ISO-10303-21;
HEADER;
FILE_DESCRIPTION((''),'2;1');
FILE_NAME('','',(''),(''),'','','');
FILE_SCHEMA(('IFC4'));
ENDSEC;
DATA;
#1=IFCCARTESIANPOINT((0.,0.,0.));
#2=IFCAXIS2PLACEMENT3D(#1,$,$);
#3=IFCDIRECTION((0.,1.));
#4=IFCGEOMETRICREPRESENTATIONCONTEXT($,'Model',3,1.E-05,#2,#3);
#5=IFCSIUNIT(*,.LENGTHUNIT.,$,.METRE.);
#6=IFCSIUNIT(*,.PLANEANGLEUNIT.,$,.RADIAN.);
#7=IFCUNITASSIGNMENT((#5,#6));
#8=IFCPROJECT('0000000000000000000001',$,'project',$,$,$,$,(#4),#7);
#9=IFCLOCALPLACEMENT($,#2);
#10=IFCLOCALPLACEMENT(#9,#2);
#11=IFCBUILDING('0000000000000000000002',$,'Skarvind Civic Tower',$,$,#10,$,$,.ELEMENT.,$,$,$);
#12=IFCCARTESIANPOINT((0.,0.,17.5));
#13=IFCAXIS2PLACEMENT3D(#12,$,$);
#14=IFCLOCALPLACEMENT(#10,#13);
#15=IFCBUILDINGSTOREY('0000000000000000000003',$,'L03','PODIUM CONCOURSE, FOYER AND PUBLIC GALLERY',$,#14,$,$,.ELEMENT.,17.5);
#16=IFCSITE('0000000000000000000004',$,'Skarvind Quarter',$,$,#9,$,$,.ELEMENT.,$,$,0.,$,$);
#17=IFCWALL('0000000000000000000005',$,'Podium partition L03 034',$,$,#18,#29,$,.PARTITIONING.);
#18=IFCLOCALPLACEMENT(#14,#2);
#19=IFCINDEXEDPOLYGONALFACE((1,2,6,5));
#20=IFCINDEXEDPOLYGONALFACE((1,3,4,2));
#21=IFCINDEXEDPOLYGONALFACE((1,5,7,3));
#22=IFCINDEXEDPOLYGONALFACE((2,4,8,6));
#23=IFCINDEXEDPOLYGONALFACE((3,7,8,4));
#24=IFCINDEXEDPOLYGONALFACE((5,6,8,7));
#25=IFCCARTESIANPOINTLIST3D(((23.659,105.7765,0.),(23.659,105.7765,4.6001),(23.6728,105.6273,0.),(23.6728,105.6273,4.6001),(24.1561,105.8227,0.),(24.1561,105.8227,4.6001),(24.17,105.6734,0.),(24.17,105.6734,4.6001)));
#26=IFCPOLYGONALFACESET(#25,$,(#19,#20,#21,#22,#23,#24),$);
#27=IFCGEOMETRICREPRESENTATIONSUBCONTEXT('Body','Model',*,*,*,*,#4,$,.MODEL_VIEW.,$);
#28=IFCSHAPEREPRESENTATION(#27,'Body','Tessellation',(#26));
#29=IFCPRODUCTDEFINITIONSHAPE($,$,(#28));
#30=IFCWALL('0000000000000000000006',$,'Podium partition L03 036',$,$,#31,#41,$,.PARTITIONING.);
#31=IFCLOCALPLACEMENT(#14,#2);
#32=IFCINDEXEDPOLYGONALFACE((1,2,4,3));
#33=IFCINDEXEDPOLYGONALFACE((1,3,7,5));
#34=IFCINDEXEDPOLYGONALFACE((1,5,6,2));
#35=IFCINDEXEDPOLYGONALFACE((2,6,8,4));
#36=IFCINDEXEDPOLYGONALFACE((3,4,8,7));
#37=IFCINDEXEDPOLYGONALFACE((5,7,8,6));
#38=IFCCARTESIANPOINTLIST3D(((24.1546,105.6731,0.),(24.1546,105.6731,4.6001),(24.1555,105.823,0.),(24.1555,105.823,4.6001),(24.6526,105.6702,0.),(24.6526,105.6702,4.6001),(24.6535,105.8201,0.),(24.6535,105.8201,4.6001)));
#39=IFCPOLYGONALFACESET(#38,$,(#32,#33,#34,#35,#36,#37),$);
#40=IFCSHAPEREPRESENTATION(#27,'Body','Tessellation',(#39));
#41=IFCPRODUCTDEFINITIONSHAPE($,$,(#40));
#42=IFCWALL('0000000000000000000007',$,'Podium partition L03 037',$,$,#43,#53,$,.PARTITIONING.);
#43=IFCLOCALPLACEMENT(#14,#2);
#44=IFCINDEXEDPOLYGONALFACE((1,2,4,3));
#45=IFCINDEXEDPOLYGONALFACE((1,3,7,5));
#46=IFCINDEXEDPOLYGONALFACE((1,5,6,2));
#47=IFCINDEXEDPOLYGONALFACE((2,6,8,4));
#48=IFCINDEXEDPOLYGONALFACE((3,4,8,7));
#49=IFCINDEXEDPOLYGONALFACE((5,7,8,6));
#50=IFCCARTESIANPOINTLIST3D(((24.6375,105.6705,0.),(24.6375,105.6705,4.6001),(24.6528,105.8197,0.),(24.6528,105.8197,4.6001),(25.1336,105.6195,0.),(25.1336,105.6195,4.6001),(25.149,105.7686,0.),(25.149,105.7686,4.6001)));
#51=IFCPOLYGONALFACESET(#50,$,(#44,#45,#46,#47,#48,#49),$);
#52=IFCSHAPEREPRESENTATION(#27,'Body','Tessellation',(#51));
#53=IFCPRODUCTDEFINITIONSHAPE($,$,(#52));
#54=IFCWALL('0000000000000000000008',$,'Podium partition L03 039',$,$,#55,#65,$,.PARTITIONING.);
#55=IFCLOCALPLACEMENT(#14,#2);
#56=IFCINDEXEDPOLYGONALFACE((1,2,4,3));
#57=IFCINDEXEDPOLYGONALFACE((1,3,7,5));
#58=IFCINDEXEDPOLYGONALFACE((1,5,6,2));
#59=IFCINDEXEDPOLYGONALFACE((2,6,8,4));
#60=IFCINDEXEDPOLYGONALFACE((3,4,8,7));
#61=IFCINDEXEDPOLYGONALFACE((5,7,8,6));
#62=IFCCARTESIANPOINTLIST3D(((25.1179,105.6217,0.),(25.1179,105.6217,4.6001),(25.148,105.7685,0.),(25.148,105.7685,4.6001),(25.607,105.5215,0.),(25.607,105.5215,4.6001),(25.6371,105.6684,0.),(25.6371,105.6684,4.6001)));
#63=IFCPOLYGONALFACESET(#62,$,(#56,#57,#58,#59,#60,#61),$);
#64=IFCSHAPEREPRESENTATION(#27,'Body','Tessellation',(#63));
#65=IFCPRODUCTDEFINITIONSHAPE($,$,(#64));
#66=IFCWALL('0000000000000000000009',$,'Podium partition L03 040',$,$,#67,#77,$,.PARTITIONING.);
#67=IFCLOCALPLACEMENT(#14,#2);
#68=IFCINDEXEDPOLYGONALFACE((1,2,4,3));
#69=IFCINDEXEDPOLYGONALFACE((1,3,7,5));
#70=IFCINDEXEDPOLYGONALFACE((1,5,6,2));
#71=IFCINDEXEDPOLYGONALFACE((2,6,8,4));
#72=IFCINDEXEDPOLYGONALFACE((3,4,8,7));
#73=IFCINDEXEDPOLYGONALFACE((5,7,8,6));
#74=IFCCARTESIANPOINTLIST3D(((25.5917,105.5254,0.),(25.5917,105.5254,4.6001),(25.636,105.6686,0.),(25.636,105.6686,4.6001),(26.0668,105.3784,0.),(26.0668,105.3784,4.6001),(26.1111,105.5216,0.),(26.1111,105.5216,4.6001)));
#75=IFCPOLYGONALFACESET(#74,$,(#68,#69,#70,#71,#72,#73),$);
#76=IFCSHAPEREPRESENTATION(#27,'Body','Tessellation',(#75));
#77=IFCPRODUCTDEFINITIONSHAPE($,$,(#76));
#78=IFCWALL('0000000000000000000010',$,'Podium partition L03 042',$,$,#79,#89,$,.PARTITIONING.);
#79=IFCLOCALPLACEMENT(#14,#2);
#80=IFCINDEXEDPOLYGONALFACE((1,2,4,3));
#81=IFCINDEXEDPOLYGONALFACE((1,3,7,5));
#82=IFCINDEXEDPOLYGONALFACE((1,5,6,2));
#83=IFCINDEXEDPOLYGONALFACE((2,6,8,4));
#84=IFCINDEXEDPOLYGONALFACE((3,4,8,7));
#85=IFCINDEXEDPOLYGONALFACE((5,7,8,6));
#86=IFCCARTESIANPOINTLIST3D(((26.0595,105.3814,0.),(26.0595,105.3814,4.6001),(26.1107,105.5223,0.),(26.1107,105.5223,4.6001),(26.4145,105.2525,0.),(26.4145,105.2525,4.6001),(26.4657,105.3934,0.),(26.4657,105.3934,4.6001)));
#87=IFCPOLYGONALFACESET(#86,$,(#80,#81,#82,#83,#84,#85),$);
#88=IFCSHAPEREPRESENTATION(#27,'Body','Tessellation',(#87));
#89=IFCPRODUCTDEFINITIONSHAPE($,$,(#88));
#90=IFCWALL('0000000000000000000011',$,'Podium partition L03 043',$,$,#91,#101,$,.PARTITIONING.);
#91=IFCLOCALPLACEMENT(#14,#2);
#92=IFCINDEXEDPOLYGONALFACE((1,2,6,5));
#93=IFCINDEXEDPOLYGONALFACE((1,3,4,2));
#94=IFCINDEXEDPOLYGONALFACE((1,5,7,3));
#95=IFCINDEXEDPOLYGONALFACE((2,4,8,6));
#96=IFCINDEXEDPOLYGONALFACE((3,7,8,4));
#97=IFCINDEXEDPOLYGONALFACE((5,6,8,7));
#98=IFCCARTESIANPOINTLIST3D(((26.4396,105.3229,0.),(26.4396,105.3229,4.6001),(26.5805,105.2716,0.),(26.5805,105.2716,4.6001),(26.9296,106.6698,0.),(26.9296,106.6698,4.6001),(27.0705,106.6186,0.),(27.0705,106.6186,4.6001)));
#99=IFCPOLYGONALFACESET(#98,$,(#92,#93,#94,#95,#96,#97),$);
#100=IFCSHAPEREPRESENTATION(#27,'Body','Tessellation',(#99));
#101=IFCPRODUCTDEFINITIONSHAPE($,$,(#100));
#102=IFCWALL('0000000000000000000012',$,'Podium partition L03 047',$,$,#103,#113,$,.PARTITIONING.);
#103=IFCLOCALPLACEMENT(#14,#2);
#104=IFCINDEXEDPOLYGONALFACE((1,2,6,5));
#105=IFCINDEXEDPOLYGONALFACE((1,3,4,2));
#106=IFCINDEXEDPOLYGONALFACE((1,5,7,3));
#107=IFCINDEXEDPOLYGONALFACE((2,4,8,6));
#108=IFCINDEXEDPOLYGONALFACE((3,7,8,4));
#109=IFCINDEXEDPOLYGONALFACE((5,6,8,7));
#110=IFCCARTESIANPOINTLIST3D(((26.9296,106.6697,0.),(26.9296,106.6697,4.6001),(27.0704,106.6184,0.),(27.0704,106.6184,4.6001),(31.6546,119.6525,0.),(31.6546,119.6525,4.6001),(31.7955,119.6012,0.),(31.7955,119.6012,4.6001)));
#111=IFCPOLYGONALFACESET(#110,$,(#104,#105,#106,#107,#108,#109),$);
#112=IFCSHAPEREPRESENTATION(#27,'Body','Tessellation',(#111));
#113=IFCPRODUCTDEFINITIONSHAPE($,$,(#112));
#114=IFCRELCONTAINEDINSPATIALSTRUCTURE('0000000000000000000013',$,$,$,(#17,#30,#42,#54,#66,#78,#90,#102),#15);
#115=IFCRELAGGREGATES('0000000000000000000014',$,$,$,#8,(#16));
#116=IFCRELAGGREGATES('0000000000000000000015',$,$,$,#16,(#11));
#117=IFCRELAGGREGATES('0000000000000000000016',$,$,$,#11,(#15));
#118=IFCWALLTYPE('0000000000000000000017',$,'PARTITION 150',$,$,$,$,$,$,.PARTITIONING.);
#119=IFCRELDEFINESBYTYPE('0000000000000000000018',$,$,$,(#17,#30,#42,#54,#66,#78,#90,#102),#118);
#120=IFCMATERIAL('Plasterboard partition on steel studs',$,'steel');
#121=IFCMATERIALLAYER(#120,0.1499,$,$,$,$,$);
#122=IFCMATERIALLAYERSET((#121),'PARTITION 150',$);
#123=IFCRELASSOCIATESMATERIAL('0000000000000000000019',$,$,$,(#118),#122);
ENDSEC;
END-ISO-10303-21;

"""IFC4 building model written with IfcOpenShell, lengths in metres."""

from ifc_helpers import new_model, si_unit, direction, frame, frame_2d, origin, place, context, subcontext, project, spatial, rectangle, extrude, material, layer, layer_set, type_object, element, save


model = new_model("IFC4")

# Units and contexts
model_context = context("Model", 3, precision=1e-05, world=origin(), true_north=direction((0.0, 1.0)))
body_context = subcontext(model_context, "Body", "Model", "MODEL_VIEW")
ifc_project = project(units=[si_unit("LENGTHUNIT", "METRE"), si_unit("PLANEANGLEUNIT", "RADIAN")], contexts=[model_context])

# Site, building, storey
site_placement = place(None, origin())
site = spatial("IfcSite", under=ifc_project, at=site_placement, Name="Skarvind Quarter", CompositionType="ELEMENT", RefElevation=0.0)
building_placement = place(site_placement, origin())
building = spatial("IfcBuilding", under=site, at=building_placement, Name="Skarvind Civic Tower", CompositionType="ELEMENT")
storey_placement = place(building_placement, frame((0.0, 0.0, 17.5)))
storey = spatial("IfcBuildingStorey", under=building, at=storey_placement, Name="L03", Description="PODIUM CONCOURSE, FOYER AND PUBLIC GALLERY", CompositionType="ELEMENT", Elevation=17.5)

# Walls
ifc_material_1 = material(Name="Plasterboard partition on steel studs", Category="steel")
ifc_layer = layer(ifc_material_1, 0.1499)
ifc_layer_set = layer_set([ifc_layer], Name="PARTITION 150")
wall_type = type_object("IfcWallType", Name="PARTITION 150", PredefinedType="PARTITIONING", material=ifc_layer_set)
wall_1_placement = place(storey_placement, frame((23.666, 105.7019, 0.0), z_axis=(0.0, 0.0, 1.0), x_axis=(0.995719, 0.092432, 0.0)))
element("IfcWall", 1, at=wall_1_placement, inside=storey, type_object=wall_type, Name="Podium partition L03 034", PredefinedType="PARTITIONING", context=body_context, shape_type="SweptSolid", body=[
    extrude(rectangle(XDim=0.4993, YDim=0.1499, at=frame_2d((0.2495, 0.0))), origin(), (0.0, 0.0, 1.0), 4.6001),
])
wall_2_placement = place(storey_placement, frame((24.155, 105.748, 0.0), z_axis=(0.0, 0.0, 1.0), x_axis=(0.999983, -0.005882, 0.0)))
element("IfcWall", 2, at=wall_2_placement, inside=storey, type_object=wall_type, Name="Podium partition L03 036", PredefinedType="PARTITIONING", context=body_context, shape_type="SweptSolid", body=[
    extrude(rectangle(XDim=0.498, YDim=0.1499, at=frame_2d((0.249, 0.0))), origin(), (0.0, 0.0, 1.0), 4.6001),
])
wall_3_placement = place(storey_placement, frame((24.645, 105.7451, 0.0), z_axis=(0.0, 0.0, 1.0), x_axis=(0.994752, -0.102315, 0.0)))
element("IfcWall", 3, at=wall_3_placement, inside=storey, type_object=wall_type, Name="Podium partition L03 037", PredefinedType="PARTITIONING", context=body_context, shape_type="SweptSolid", body=[
    extrude(rectangle(XDim=0.4988, YDim=0.1499, at=frame_2d((0.2495, 0.0))), origin(), (0.0, 0.0, 1.0), 4.6001),
])
wall_4_placement = place(storey_placement, frame((25.1331, 105.6951, 0.0), z_axis=(0.0, 0.0, 1.0), x_axis=(0.979687, -0.200535, 0.0)))
element("IfcWall", 4, at=wall_4_placement, inside=storey, type_object=wall_type, Name="Podium partition L03 039", PredefinedType="PARTITIONING", context=body_context, shape_type="SweptSolid", body=[
    extrude(rectangle(XDim=0.4993, YDim=0.1499, at=frame_2d((0.2495, 0.0))), origin(), (0.0, 0.0, 1.0), 4.6001),
])
wall_5_placement = place(storey_placement, frame((25.614, 105.5969, 0.0), z_axis=(0.0, 0.0, 1.0), x_axis=(0.955332, -0.295534, 0.0)))
element("IfcWall", 5, at=wall_5_placement, inside=storey, type_object=wall_type, Name="Podium partition L03 040", PredefinedType="PARTITIONING", context=body_context, shape_type="SweptSolid", body=[
    extrude(rectangle(XDim=0.4973, YDim=0.1499, at=frame_2d((0.2485, 0.0))), origin(), (0.0, 0.0, 1.0), 4.6001),
])
wall_6_placement = place(storey_placement, frame((26.085, 105.4519, 0.0), z_axis=(0.0, 0.0, 1.0), x_axis=(0.939944, -0.341328, 0.0)))
element("IfcWall", 6, at=wall_6_placement, inside=storey, type_object=wall_type, Name="Podium partition L03 042", PredefinedType="PARTITIONING", context=body_context, shape_type="SweptSolid", body=[
    extrude(rectangle(XDim=0.3777, YDim=0.1499, at=frame_2d((0.189, 0.0))), origin(), (0.0, 0.0, 1.0), 4.6001),
])
wall_7_placement = place(storey_placement, frame((26.51, 105.2971, 0.0), z_axis=(0.0, 0.0, 1.0), x_axis=(0.341866, 0.939749, 0.0)))
element("IfcWall", 7, at=wall_7_placement, inside=storey, type_object=wall_type, Name="Podium partition L03 043", PredefinedType="PARTITIONING", context=body_context, shape_type="SweptSolid", body=[
    extrude(rectangle(XDim=1.4333, YDim=0.1499, at=frame_2d((0.7168, 0.0))), origin(), (0.0, 0.0, 1.0), 4.6001),
])
wall_8_placement = place(storey_placement, frame((27.0, 106.644, 0.0), z_axis=(0.0, 0.0, 1.0), x_axis=(0.342001, 0.939699, 0.0)))
element("IfcWall", 8, at=wall_8_placement, inside=storey, type_object=wall_type, Name="Podium partition L03 047", PredefinedType="PARTITIONING", context=body_context, shape_type="SweptSolid", body=[
    extrude(rectangle(XDim=13.8159, YDim=0.1499, at=frame_2d((6.908, 0.0))), origin(), (0.0, 0.0, 1.0), 4.6001),
])

save(model, "model.ifc")
